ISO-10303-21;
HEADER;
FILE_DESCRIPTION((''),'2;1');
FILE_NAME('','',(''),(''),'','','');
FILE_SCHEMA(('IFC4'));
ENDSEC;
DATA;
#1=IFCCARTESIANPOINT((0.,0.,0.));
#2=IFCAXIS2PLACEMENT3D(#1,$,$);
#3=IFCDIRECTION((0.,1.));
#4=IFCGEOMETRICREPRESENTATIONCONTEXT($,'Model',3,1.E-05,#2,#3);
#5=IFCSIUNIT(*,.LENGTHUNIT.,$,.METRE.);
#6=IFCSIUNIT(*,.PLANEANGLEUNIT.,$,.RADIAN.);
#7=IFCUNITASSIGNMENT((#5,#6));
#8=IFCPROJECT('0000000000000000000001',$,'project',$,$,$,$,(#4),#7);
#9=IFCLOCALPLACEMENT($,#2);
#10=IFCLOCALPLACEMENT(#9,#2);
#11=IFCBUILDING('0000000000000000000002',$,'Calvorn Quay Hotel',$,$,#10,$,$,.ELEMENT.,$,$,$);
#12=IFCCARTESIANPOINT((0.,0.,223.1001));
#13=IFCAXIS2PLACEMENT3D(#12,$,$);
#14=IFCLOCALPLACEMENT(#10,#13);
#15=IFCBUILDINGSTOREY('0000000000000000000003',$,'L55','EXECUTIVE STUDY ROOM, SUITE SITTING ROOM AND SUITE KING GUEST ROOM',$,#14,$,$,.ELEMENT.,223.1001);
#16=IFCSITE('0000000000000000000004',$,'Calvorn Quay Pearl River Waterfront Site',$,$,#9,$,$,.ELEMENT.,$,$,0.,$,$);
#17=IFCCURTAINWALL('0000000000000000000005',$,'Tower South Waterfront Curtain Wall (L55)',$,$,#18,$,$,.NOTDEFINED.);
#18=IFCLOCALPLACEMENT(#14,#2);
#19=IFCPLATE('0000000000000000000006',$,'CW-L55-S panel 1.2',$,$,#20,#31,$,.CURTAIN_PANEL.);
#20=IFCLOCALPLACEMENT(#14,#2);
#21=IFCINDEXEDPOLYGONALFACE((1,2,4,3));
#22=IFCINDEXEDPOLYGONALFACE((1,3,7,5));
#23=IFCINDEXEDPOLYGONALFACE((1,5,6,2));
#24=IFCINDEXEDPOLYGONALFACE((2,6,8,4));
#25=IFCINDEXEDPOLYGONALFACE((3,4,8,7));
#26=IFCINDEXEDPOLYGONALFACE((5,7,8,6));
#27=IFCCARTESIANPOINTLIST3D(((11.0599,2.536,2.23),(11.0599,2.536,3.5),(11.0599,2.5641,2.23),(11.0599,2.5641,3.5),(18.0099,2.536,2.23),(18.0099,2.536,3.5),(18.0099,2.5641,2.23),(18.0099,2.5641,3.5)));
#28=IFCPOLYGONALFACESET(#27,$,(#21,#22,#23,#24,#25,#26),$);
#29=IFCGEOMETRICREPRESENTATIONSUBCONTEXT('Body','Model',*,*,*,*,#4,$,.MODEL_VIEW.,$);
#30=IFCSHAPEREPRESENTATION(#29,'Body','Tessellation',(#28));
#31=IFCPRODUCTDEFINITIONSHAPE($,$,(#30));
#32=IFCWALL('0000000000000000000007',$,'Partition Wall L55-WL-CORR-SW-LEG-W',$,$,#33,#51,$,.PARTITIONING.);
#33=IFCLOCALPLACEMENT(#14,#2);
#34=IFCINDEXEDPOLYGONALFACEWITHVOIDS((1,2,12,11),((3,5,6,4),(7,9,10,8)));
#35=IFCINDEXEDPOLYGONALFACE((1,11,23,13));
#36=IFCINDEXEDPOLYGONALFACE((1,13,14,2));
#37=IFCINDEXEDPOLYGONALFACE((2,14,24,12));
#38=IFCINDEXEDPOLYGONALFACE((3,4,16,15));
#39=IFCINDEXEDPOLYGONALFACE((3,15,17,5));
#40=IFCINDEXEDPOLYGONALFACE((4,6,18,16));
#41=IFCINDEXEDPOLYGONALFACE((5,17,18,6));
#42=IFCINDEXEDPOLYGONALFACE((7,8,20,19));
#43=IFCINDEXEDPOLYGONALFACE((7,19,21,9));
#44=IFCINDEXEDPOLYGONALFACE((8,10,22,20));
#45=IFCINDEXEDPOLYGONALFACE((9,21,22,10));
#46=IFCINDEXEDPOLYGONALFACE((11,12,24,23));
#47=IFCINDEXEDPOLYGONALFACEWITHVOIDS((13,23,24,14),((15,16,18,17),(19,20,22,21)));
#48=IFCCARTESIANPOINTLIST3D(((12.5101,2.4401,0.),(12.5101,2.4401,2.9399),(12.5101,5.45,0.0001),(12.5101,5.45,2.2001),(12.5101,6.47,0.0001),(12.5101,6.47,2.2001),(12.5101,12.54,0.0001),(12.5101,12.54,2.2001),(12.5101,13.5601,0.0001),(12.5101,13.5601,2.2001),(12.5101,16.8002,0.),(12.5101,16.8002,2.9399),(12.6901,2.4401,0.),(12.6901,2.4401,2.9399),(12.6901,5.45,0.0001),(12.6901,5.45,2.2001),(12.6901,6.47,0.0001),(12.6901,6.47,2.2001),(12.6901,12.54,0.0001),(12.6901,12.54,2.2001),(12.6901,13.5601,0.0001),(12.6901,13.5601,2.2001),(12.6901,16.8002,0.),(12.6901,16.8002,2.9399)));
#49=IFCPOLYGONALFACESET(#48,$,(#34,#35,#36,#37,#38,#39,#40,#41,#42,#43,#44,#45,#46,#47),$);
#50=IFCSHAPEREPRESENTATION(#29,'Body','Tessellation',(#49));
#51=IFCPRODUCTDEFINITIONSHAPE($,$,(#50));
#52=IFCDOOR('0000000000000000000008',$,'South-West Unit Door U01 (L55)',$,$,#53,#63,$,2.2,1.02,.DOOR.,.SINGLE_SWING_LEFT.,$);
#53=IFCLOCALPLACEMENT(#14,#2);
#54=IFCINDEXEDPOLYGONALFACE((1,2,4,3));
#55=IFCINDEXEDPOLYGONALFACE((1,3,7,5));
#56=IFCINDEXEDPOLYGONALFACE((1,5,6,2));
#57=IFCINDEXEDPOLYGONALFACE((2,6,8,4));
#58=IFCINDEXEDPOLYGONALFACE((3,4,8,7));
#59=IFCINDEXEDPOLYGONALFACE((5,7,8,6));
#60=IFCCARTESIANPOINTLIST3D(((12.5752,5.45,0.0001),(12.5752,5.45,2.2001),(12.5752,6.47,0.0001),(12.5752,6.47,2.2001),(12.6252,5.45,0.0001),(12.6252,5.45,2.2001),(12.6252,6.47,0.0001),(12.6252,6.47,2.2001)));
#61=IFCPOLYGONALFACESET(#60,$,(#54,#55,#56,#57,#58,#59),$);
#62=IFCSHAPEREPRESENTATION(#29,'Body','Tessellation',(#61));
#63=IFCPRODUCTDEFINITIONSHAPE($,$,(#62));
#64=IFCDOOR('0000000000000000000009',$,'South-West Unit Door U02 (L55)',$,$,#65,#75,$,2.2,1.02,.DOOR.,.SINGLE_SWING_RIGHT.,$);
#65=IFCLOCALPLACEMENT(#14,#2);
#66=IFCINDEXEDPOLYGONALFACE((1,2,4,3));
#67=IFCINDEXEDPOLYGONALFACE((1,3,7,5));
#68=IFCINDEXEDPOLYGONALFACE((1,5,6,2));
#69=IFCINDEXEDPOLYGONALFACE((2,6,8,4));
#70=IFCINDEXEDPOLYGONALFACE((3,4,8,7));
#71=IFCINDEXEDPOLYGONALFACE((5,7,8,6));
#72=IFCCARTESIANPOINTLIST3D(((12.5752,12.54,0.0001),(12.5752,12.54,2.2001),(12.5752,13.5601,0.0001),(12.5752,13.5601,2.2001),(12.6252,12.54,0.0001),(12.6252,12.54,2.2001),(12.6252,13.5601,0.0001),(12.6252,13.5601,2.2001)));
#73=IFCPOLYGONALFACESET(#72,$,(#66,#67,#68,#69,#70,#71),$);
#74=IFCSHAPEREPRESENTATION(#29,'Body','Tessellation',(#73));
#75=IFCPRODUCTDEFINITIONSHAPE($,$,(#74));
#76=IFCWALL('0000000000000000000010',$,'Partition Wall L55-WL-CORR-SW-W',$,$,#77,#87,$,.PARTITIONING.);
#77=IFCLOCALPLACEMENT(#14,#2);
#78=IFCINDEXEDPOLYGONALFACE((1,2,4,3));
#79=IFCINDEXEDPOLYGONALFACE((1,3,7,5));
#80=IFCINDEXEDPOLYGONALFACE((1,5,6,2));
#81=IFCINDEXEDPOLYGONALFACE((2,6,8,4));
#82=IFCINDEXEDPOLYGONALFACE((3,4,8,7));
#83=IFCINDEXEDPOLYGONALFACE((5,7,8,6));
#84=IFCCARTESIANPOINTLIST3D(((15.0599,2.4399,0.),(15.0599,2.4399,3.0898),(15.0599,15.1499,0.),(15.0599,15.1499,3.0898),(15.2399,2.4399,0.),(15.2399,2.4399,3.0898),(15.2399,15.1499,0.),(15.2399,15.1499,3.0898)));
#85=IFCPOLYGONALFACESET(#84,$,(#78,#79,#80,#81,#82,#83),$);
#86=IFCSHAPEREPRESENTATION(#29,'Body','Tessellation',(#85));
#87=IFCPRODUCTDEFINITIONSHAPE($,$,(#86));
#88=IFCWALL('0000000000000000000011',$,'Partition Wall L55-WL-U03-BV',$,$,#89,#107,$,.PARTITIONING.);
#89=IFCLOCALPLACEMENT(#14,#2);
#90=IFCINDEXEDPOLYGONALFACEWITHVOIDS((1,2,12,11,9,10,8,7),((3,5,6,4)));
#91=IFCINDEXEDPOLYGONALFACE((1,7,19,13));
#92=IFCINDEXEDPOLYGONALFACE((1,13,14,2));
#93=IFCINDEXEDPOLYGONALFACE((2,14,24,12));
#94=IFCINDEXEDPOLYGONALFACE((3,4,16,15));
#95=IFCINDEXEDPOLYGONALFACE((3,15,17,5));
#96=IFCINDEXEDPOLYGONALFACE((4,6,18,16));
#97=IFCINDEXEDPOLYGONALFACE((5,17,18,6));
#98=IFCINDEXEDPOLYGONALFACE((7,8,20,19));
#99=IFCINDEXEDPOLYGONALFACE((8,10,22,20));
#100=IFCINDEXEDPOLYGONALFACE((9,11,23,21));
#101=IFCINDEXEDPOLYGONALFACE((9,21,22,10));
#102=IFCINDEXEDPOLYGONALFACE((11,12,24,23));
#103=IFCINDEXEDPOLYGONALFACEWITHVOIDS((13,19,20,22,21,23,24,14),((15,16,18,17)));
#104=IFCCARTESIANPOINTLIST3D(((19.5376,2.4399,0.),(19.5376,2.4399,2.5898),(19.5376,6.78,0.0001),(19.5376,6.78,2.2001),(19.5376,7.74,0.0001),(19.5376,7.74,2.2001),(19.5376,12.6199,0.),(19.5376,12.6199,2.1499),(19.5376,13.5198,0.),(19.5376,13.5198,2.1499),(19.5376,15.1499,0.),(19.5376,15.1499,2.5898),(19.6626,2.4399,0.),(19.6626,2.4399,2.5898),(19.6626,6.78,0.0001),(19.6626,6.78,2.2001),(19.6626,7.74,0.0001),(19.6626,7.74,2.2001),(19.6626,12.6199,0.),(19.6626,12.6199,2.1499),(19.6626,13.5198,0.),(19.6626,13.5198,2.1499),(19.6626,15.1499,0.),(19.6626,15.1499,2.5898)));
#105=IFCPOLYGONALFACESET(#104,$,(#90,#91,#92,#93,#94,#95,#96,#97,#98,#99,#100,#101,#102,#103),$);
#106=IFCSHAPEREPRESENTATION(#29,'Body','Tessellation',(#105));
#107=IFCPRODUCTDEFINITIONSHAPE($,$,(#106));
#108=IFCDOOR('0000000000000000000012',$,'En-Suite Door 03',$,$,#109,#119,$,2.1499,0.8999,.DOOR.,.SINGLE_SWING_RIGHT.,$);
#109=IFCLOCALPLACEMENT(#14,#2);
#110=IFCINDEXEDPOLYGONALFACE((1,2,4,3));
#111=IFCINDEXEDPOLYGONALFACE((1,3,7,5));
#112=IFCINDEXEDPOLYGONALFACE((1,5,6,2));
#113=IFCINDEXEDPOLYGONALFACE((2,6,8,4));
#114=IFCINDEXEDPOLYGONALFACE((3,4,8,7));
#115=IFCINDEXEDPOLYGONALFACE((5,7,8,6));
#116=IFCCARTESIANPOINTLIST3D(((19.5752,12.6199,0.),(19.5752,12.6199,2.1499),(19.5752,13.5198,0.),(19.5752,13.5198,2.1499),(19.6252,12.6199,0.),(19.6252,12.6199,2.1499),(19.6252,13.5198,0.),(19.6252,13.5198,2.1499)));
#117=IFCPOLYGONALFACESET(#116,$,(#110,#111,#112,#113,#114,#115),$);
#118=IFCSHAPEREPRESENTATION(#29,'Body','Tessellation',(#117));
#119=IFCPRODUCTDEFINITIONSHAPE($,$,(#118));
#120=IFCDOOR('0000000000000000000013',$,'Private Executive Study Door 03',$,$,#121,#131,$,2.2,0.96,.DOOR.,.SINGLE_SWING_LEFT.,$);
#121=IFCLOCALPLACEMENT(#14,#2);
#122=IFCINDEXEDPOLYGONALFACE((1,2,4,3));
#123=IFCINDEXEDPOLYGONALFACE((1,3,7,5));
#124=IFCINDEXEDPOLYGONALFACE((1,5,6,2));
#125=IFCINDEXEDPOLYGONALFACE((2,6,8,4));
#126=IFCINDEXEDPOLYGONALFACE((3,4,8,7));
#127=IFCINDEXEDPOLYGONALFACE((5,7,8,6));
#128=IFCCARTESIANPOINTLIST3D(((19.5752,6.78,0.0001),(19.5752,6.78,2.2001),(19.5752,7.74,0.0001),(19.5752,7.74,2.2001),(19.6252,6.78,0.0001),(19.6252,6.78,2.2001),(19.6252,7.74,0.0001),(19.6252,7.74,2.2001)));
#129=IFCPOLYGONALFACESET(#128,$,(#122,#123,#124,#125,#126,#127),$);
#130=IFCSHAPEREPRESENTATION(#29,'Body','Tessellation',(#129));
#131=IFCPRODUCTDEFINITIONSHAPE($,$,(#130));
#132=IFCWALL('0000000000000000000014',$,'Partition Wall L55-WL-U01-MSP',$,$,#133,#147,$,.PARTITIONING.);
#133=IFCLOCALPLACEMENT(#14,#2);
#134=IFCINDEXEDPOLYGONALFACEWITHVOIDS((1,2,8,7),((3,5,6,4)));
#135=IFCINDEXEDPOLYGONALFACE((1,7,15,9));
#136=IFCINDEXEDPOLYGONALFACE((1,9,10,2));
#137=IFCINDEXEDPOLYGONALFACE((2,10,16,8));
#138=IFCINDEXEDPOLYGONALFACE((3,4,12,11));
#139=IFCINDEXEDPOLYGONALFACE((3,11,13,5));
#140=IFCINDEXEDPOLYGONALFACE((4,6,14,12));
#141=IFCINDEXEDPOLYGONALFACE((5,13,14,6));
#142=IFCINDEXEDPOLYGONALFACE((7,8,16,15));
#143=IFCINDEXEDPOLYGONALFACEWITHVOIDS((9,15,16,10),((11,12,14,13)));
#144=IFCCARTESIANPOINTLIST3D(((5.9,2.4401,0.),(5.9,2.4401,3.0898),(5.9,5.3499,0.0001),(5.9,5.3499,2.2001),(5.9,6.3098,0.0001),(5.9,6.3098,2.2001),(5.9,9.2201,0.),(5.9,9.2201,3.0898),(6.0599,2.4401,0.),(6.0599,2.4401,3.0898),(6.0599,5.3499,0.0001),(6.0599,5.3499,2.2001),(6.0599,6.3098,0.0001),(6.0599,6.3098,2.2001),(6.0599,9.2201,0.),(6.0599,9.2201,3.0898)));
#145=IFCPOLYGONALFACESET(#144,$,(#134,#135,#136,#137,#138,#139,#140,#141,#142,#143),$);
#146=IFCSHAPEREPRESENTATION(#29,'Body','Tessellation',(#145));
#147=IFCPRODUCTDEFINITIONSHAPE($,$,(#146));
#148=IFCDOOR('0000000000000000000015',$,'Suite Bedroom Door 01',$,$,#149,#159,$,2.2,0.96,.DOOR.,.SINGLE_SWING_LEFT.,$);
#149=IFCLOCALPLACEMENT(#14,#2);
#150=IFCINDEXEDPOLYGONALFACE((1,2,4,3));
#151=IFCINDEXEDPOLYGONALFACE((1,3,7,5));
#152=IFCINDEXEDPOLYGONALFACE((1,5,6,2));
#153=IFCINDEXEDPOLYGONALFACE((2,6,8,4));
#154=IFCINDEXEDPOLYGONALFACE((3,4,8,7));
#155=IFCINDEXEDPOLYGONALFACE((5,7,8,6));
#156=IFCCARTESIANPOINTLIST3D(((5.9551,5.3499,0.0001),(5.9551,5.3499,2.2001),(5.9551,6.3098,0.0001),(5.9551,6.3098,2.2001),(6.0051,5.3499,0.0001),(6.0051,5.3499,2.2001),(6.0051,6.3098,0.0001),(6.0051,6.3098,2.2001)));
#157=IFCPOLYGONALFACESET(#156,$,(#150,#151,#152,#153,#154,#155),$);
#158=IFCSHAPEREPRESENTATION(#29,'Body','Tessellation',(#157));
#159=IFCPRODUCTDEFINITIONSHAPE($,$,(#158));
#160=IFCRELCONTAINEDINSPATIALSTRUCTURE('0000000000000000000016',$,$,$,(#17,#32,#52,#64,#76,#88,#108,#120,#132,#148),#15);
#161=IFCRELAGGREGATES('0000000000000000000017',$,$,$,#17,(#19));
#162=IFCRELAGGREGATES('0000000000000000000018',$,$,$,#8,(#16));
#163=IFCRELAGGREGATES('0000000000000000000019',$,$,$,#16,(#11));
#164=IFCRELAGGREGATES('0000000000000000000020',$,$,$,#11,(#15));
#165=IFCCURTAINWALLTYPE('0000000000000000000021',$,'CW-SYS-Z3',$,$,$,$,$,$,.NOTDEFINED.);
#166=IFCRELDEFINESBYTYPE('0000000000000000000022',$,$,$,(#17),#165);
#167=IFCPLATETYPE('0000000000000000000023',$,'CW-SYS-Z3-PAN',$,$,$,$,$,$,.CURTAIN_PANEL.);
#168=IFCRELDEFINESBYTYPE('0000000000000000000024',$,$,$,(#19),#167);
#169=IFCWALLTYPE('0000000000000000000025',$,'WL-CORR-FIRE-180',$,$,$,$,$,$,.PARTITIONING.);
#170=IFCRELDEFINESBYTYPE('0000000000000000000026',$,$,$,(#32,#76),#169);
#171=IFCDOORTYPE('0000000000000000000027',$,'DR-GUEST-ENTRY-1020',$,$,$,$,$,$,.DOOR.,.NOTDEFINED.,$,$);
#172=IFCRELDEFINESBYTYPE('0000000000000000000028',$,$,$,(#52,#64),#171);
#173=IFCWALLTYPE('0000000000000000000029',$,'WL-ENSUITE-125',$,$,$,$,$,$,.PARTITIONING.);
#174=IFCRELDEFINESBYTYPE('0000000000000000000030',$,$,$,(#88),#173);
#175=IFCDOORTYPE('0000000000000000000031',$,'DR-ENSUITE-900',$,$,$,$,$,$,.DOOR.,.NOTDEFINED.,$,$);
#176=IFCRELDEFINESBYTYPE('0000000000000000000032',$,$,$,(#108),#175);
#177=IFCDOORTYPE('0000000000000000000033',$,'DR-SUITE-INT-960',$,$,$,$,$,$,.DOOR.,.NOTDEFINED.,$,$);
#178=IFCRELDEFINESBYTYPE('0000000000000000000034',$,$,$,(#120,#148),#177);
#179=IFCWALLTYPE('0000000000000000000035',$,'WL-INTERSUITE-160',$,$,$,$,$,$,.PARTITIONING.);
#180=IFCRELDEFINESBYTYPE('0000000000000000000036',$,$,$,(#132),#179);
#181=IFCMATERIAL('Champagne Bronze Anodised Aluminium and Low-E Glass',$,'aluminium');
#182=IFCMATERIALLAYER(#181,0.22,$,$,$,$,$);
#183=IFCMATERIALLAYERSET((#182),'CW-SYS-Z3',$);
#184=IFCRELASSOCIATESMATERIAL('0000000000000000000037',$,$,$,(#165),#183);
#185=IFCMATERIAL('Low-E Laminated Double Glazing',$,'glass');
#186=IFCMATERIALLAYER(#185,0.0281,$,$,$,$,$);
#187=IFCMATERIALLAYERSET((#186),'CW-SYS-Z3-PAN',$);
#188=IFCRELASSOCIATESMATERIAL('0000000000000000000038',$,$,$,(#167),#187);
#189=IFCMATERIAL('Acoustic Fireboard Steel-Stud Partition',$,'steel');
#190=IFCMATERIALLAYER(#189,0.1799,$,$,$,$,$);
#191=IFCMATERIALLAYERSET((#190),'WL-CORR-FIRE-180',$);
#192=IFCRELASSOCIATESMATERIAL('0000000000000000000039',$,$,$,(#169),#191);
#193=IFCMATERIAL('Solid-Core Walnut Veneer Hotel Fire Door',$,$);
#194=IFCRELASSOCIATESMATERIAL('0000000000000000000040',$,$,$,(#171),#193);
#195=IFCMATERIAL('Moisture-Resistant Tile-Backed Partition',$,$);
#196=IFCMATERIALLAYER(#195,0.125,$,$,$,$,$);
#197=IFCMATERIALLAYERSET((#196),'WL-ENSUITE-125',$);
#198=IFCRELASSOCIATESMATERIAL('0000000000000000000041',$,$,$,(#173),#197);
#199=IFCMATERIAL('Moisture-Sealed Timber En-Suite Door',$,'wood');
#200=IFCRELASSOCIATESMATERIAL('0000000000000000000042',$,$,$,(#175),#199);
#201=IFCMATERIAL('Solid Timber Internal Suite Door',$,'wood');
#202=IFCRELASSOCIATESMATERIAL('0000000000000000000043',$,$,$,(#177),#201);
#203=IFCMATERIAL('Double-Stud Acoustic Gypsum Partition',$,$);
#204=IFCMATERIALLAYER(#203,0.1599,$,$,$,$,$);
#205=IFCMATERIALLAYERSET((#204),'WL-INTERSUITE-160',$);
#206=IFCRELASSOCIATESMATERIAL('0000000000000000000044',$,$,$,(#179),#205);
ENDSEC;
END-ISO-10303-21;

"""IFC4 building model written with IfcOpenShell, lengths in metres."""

from ifc_helpers import new_model, si_unit, direction, frame, frame_2d, origin, origin_2d, place, context, subcontext, project, spatial, rectangle, extrude, material, layer, layer_set, type_object, element, fill, aggregate, save


model = new_model("IFC4")

# Units and contexts
model_context = context("Model", 3, precision=1e-05, world=origin(), true_north=direction((0.0, 1.0)))
body_context = subcontext(model_context, "Body", "Model", "MODEL_VIEW")
ifc_project = project(units=[si_unit("LENGTHUNIT", "METRE"), si_unit("PLANEANGLEUNIT", "RADIAN")], contexts=[model_context])

# Site, building, storey
site_placement = place(None, origin())
site = spatial("IfcSite", under=ifc_project, at=site_placement, Name="Calvorn Quay Pearl River Waterfront Site", CompositionType="ELEMENT", RefElevation=0.0)
building_placement = place(site_placement, origin())
building = spatial("IfcBuilding", under=site, at=building_placement, Name="Calvorn Quay Hotel", CompositionType="ELEMENT")
storey_placement = place(building_placement, frame((0.0, 0.0, 223.1001)))
storey = spatial("IfcBuildingStorey", under=building, at=storey_placement, Name="L55", Description="EXECUTIVE STUDY ROOM, SUITE SITTING ROOM AND SUITE KING GUEST ROOM", CompositionType="ELEMENT", Elevation=223.1001)

# Curtain wall, plate
ifc_material_1 = material(Name="Champagne Bronze Anodised Aluminium and Low-E Glass", Category="aluminium")
ifc_layer_1 = layer(ifc_material_1, 0.22)
ifc_layer_set_1 = layer_set([ifc_layer_1], Name="CW-SYS-Z3")
curtain_wall_type = type_object("IfcCurtainWallType", Name="CW-SYS-Z3", PredefinedType="NOTDEFINED", material=ifc_layer_set_1)
curtain_wall_placement = place(storey_placement, origin())
curtain_wall = element("IfcCurtainWall", 1, at=curtain_wall_placement, inside=storey, type_object=curtain_wall_type, Name="Tower South Waterfront Curtain Wall (L55)", PredefinedType="NOTDEFINED")
ifc_material_2 = material(Name="Low-E Laminated Double Glazing", Category="glass")
ifc_layer_2 = layer(ifc_material_2, 0.0281)
ifc_layer_set_2 = layer_set([ifc_layer_2], Name="CW-SYS-Z3-PAN")
plate_type = type_object("IfcPlateType", Name="CW-SYS-Z3-PAN", PredefinedType="CURTAIN_PANEL", material=ifc_layer_set_2)
plate_1_placement = place(storey_placement, frame((14.5349, 2.55, 2.23), z_axis=(0.0, 0.0, 1.0), x_axis=(1.0, 0.0, 0.0)))
plate_1 = element("IfcPlate", 2, at=plate_1_placement, type_object=plate_type, Name="CW-L55-S panel 1.2", PredefinedType="CURTAIN_PANEL", context=body_context, shape_type="SweptSolid", body=[
    extrude(rectangle(XDim=6.95, YDim=0.0281, at=origin_2d()), origin(), (0.0, 0.0, 1.0), 1.27),
])
aggregate(curtain_wall, [plate_1])

# Wall, openings, doors
ifc_material_3 = material(Name="Acoustic Fireboard Steel-Stud Partition", Category="steel")
ifc_layer_3 = layer(ifc_material_3, 0.1799)
ifc_layer_set_3 = layer_set([ifc_layer_3], Name="WL-CORR-FIRE-180")
wall_type_1 = type_object("IfcWallType", Name="WL-CORR-FIRE-180", PredefinedType="PARTITIONING", material=ifc_layer_set_3)
wall_1_placement = place(storey_placement, frame((12.6001, 2.4399, 0.0), z_axis=(0.0, 0.0, 1.0), x_axis=(0.0, 1.0, 0.0)))
wall_1 = element("IfcWall", 3, at=wall_1_placement, inside=storey, type_object=wall_type_1, Name="Partition Wall L55-WL-CORR-SW-LEG-W", PredefinedType="PARTITIONING", context=body_context, shape_type="SweptSolid", body=[
    extrude(rectangle(XDim=14.3601, YDim=0.1799, at=frame_2d((7.1802, 0.0))), origin(), (0.0, 0.0, 1.0), 2.9399),
])
opening_1_placement = place(wall_1_placement, frame((3.01, 0.0, 0.0)))
opening_1 = element("IfcOpeningElement", 4, at=opening_1_placement, cuts=wall_1, PredefinedType="OPENING", context=body_context, shape_type="SweptSolid", body=[
    extrude(rectangle(XDim=1.02, YDim=2.2, at=frame_2d((0.51, 1.1001))), frame((0.0, 0.0999, 0.0), z_axis=(0.0, -1.0, 0.0), x_axis=(1.0, 0.0, 0.0)), (0.0, 0.0, 1.0), 0.2),
])
opening_2_placement = place(wall_1_placement, frame((10.1001, 0.0, 0.0)))
opening_2 = element("IfcOpeningElement", 5, at=opening_2_placement, cuts=wall_1, PredefinedType="OPENING", context=body_context, shape_type="SweptSolid", body=[
    extrude(rectangle(XDim=1.02, YDim=2.2, at=frame_2d((0.51, 1.1001))), frame((0.0, 0.0999, 0.0), z_axis=(0.0, -1.0, 0.0), x_axis=(1.0, 0.0, 0.0)), (0.0, 0.0, 1.0), 0.2),
])
ifc_material_4 = material(Name="Solid-Core Walnut Veneer Hotel Fire Door")
door_type_1 = type_object("IfcDoorType", Name="DR-GUEST-ENTRY-1020", OperationType="NOTDEFINED", PredefinedType="DOOR", material=ifc_material_4)
door_1_placement = place(opening_1_placement, origin())
door_1 = element("IfcDoor", 6, at=door_1_placement, inside=storey, type_object=door_type_1, Name="South-West Unit Door U01 (L55)", OperationType="SINGLE_SWING_LEFT", OverallHeight=2.2, OverallWidth=1.02, PredefinedType="DOOR", context=body_context, shape_type="SweptSolid", body=[
    extrude(rectangle(XDim=1.02, YDim=2.2, at=frame_2d((0.51, 1.1001))), frame((0.0, 0.0249, 0.0), z_axis=(0.0, -1.0, 0.0), x_axis=(1.0, 0.0, 0.0)), (0.0, 0.0, 1.0), 0.05),
])
fill(opening_1, door_1)
door_2_placement = place(opening_2_placement, origin())
door_2 = element("IfcDoor", 7, at=door_2_placement, inside=storey, type_object=door_type_1, Name="South-West Unit Door U02 (L55)", OperationType="SINGLE_SWING_RIGHT", OverallHeight=2.2, OverallWidth=1.02, PredefinedType="DOOR", context=body_context, shape_type="SweptSolid", body=[
    extrude(rectangle(XDim=1.02, YDim=2.2, at=frame_2d((0.51, 1.1001))), frame((0.0, 0.0249, 0.0), z_axis=(0.0, -1.0, 0.0), x_axis=(1.0, 0.0, 0.0)), (0.0, 0.0, 1.0), 0.05),
])
fill(opening_2, door_2)

# Wall
wall_2_placement = place(storey_placement, frame((15.1499, 2.4399, 0.0), z_axis=(0.0, 0.0, 1.0), x_axis=(0.0, 1.0, 0.0)))
element("IfcWall", 8, at=wall_2_placement, inside=storey, type_object=wall_type_1, Name="Partition Wall L55-WL-CORR-SW-W", PredefinedType="PARTITIONING", context=body_context, shape_type="SweptSolid", body=[
    extrude(rectangle(XDim=12.71, YDim=0.1799, at=frame_2d((6.355, 0.0))), origin(), (0.0, 0.0, 1.0), 3.0898),
])

# Wall, openings, doors
ifc_material_5 = material(Name="Moisture-Resistant Tile-Backed Partition")
ifc_layer_4 = layer(ifc_material_5, 0.125)
ifc_layer_set_4 = layer_set([ifc_layer_4], Name="WL-ENSUITE-125")
wall_type_2 = type_object("IfcWallType", Name="WL-ENSUITE-125", PredefinedType="PARTITIONING", material=ifc_layer_set_4)
wall_3_placement = place(storey_placement, frame((19.6001, 2.4399, 0.0), z_axis=(0.0, 0.0, 1.0), x_axis=(0.0, 1.0, 0.0)))
wall_3 = element("IfcWall", 9, at=wall_3_placement, inside=storey, type_object=wall_type_2, Name="Partition Wall L55-WL-U03-BV", PredefinedType="PARTITIONING", context=body_context, shape_type="SweptSolid", body=[
    extrude(rectangle(XDim=12.71, YDim=0.125, at=frame_2d((6.355, 0.0))), origin(), (0.0, 0.0, 1.0), 2.5898),
])
opening_3_placement = place(wall_3_placement, frame((4.3401, 0.0, 0.0)))
opening_3 = element("IfcOpeningElement", 10, at=opening_3_placement, cuts=wall_3, PredefinedType="OPENING", context=body_context, shape_type="SweptSolid", body=[
    extrude(rectangle(XDim=0.96, YDim=2.2, at=frame_2d((0.48, 1.1001))), frame((0.0, 0.0725, 0.0), z_axis=(0.0, -1.0, 0.0), x_axis=(1.0, 0.0, 0.0)), (0.0, 0.0, 1.0), 0.145),
])
opening_4_placement = place(wall_3_placement, frame((10.1799, 0.0, 0.0)))
opening_4 = element("IfcOpeningElement", 11, at=opening_4_placement, cuts=wall_3, PredefinedType="OPENING", context=body_context, shape_type="SweptSolid", body=[
    extrude(rectangle(XDim=0.8999, YDim=2.1499, at=frame_2d((0.45, 1.075))), frame((0.0, 0.0725, 0.0), z_axis=(0.0, -1.0, 0.0), x_axis=(1.0, 0.0, 0.0)), (0.0, 0.0, 1.0), 0.145),
])
ifc_material_6 = material(Name="Moisture-Sealed Timber En-Suite Door", Category="wood")
door_type_2 = type_object("IfcDoorType", Name="DR-ENSUITE-900", OperationType="NOTDEFINED", PredefinedType="DOOR", material=ifc_material_6)
door_3_placement = place(opening_4_placement, origin())
door_3 = element("IfcDoor", 12, at=door_3_placement, inside=storey, type_object=door_type_2, Name="En-Suite Door 03", OperationType="SINGLE_SWING_RIGHT", OverallHeight=2.1499, OverallWidth=0.8999, PredefinedType="DOOR", context=body_context, shape_type="SweptSolid", body=[
    extrude(rectangle(XDim=0.8999, YDim=2.1499, at=frame_2d((0.45, 1.075))), frame((0.0, 0.0249, 0.0), z_axis=(0.0, -1.0, 0.0), x_axis=(1.0, 0.0, 0.0)), (0.0, 0.0, 1.0), 0.05),
])
fill(opening_4, door_3)
ifc_material_7 = material(Name="Solid Timber Internal Suite Door", Category="wood")
door_type_3 = type_object("IfcDoorType", Name="DR-SUITE-INT-960", OperationType="NOTDEFINED", PredefinedType="DOOR", material=ifc_material_7)
door_4_placement = place(opening_3_placement, origin())
door_4 = element("IfcDoor", 13, at=door_4_placement, inside=storey, type_object=door_type_3, Name="Private Executive Study Door 03", OperationType="SINGLE_SWING_LEFT", OverallHeight=2.2, OverallWidth=0.96, PredefinedType="DOOR", context=body_context, shape_type="SweptSolid", body=[
    extrude(rectangle(XDim=0.96, YDim=2.2, at=frame_2d((0.48, 1.1001))), frame((0.0, 0.0249, 0.0), z_axis=(0.0, -1.0, 0.0), x_axis=(1.0, 0.0, 0.0)), (0.0, 0.0, 1.0), 0.05),
])
fill(opening_3, door_4)

# Wall, opening, door
ifc_material_8 = material(Name="Double-Stud Acoustic Gypsum Partition")
ifc_layer_5 = layer(ifc_material_8, 0.1599)
ifc_layer_set_5 = layer_set([ifc_layer_5], Name="WL-INTERSUITE-160")
wall_type_3 = type_object("IfcWallType", Name="WL-INTERSUITE-160", PredefinedType="PARTITIONING", material=ifc_layer_set_5)
wall_4_placement = place(storey_placement, frame((5.98, 2.4399, 0.0), z_axis=(0.0, 0.0, 1.0), x_axis=(0.0, 1.0, 0.0)))
wall_4 = element("IfcWall", 14, at=wall_4_placement, inside=storey, type_object=wall_type_3, Name="Partition Wall L55-WL-U01-MSP", PredefinedType="PARTITIONING", context=body_context, shape_type="SweptSolid", body=[
    extrude(rectangle(XDim=6.78, YDim=0.1599, at=frame_2d((3.3901, 0.0))), origin(), (0.0, 0.0, 1.0), 3.0898),
])
opening_5_placement = place(wall_4_placement, frame((2.9099, 0.0, 0.0)))
opening_5 = element("IfcOpeningElement", 15, at=opening_5_placement, cuts=wall_4, PredefinedType="OPENING", context=body_context, shape_type="SweptSolid", body=[
    extrude(rectangle(XDim=0.96, YDim=2.2, at=frame_2d((0.48, 1.1001))), frame((0.0, 0.0898, 0.0), z_axis=(0.0, -1.0, 0.0), x_axis=(1.0, 0.0, 0.0)), (0.0, 0.0, 1.0), 0.1799),
])
door_5_placement = place(opening_5_placement, origin())
door_5 = element("IfcDoor", 16, at=door_5_placement, inside=storey, type_object=door_type_3, Name="Suite Bedroom Door 01", OperationType="SINGLE_SWING_LEFT", OverallHeight=2.2, OverallWidth=0.96, PredefinedType="DOOR", context=body_context, shape_type="SweptSolid", body=[
    extrude(rectangle(XDim=0.96, YDim=2.2, at=frame_2d((0.48, 1.1001))), frame((0.0, 0.0249, 0.0), z_axis=(0.0, -1.0, 0.0), x_axis=(1.0, 0.0, 0.0)), (0.0, 0.0, 1.0), 0.05),
])
fill(opening_5, door_5)

save(model, "model.ifc")
